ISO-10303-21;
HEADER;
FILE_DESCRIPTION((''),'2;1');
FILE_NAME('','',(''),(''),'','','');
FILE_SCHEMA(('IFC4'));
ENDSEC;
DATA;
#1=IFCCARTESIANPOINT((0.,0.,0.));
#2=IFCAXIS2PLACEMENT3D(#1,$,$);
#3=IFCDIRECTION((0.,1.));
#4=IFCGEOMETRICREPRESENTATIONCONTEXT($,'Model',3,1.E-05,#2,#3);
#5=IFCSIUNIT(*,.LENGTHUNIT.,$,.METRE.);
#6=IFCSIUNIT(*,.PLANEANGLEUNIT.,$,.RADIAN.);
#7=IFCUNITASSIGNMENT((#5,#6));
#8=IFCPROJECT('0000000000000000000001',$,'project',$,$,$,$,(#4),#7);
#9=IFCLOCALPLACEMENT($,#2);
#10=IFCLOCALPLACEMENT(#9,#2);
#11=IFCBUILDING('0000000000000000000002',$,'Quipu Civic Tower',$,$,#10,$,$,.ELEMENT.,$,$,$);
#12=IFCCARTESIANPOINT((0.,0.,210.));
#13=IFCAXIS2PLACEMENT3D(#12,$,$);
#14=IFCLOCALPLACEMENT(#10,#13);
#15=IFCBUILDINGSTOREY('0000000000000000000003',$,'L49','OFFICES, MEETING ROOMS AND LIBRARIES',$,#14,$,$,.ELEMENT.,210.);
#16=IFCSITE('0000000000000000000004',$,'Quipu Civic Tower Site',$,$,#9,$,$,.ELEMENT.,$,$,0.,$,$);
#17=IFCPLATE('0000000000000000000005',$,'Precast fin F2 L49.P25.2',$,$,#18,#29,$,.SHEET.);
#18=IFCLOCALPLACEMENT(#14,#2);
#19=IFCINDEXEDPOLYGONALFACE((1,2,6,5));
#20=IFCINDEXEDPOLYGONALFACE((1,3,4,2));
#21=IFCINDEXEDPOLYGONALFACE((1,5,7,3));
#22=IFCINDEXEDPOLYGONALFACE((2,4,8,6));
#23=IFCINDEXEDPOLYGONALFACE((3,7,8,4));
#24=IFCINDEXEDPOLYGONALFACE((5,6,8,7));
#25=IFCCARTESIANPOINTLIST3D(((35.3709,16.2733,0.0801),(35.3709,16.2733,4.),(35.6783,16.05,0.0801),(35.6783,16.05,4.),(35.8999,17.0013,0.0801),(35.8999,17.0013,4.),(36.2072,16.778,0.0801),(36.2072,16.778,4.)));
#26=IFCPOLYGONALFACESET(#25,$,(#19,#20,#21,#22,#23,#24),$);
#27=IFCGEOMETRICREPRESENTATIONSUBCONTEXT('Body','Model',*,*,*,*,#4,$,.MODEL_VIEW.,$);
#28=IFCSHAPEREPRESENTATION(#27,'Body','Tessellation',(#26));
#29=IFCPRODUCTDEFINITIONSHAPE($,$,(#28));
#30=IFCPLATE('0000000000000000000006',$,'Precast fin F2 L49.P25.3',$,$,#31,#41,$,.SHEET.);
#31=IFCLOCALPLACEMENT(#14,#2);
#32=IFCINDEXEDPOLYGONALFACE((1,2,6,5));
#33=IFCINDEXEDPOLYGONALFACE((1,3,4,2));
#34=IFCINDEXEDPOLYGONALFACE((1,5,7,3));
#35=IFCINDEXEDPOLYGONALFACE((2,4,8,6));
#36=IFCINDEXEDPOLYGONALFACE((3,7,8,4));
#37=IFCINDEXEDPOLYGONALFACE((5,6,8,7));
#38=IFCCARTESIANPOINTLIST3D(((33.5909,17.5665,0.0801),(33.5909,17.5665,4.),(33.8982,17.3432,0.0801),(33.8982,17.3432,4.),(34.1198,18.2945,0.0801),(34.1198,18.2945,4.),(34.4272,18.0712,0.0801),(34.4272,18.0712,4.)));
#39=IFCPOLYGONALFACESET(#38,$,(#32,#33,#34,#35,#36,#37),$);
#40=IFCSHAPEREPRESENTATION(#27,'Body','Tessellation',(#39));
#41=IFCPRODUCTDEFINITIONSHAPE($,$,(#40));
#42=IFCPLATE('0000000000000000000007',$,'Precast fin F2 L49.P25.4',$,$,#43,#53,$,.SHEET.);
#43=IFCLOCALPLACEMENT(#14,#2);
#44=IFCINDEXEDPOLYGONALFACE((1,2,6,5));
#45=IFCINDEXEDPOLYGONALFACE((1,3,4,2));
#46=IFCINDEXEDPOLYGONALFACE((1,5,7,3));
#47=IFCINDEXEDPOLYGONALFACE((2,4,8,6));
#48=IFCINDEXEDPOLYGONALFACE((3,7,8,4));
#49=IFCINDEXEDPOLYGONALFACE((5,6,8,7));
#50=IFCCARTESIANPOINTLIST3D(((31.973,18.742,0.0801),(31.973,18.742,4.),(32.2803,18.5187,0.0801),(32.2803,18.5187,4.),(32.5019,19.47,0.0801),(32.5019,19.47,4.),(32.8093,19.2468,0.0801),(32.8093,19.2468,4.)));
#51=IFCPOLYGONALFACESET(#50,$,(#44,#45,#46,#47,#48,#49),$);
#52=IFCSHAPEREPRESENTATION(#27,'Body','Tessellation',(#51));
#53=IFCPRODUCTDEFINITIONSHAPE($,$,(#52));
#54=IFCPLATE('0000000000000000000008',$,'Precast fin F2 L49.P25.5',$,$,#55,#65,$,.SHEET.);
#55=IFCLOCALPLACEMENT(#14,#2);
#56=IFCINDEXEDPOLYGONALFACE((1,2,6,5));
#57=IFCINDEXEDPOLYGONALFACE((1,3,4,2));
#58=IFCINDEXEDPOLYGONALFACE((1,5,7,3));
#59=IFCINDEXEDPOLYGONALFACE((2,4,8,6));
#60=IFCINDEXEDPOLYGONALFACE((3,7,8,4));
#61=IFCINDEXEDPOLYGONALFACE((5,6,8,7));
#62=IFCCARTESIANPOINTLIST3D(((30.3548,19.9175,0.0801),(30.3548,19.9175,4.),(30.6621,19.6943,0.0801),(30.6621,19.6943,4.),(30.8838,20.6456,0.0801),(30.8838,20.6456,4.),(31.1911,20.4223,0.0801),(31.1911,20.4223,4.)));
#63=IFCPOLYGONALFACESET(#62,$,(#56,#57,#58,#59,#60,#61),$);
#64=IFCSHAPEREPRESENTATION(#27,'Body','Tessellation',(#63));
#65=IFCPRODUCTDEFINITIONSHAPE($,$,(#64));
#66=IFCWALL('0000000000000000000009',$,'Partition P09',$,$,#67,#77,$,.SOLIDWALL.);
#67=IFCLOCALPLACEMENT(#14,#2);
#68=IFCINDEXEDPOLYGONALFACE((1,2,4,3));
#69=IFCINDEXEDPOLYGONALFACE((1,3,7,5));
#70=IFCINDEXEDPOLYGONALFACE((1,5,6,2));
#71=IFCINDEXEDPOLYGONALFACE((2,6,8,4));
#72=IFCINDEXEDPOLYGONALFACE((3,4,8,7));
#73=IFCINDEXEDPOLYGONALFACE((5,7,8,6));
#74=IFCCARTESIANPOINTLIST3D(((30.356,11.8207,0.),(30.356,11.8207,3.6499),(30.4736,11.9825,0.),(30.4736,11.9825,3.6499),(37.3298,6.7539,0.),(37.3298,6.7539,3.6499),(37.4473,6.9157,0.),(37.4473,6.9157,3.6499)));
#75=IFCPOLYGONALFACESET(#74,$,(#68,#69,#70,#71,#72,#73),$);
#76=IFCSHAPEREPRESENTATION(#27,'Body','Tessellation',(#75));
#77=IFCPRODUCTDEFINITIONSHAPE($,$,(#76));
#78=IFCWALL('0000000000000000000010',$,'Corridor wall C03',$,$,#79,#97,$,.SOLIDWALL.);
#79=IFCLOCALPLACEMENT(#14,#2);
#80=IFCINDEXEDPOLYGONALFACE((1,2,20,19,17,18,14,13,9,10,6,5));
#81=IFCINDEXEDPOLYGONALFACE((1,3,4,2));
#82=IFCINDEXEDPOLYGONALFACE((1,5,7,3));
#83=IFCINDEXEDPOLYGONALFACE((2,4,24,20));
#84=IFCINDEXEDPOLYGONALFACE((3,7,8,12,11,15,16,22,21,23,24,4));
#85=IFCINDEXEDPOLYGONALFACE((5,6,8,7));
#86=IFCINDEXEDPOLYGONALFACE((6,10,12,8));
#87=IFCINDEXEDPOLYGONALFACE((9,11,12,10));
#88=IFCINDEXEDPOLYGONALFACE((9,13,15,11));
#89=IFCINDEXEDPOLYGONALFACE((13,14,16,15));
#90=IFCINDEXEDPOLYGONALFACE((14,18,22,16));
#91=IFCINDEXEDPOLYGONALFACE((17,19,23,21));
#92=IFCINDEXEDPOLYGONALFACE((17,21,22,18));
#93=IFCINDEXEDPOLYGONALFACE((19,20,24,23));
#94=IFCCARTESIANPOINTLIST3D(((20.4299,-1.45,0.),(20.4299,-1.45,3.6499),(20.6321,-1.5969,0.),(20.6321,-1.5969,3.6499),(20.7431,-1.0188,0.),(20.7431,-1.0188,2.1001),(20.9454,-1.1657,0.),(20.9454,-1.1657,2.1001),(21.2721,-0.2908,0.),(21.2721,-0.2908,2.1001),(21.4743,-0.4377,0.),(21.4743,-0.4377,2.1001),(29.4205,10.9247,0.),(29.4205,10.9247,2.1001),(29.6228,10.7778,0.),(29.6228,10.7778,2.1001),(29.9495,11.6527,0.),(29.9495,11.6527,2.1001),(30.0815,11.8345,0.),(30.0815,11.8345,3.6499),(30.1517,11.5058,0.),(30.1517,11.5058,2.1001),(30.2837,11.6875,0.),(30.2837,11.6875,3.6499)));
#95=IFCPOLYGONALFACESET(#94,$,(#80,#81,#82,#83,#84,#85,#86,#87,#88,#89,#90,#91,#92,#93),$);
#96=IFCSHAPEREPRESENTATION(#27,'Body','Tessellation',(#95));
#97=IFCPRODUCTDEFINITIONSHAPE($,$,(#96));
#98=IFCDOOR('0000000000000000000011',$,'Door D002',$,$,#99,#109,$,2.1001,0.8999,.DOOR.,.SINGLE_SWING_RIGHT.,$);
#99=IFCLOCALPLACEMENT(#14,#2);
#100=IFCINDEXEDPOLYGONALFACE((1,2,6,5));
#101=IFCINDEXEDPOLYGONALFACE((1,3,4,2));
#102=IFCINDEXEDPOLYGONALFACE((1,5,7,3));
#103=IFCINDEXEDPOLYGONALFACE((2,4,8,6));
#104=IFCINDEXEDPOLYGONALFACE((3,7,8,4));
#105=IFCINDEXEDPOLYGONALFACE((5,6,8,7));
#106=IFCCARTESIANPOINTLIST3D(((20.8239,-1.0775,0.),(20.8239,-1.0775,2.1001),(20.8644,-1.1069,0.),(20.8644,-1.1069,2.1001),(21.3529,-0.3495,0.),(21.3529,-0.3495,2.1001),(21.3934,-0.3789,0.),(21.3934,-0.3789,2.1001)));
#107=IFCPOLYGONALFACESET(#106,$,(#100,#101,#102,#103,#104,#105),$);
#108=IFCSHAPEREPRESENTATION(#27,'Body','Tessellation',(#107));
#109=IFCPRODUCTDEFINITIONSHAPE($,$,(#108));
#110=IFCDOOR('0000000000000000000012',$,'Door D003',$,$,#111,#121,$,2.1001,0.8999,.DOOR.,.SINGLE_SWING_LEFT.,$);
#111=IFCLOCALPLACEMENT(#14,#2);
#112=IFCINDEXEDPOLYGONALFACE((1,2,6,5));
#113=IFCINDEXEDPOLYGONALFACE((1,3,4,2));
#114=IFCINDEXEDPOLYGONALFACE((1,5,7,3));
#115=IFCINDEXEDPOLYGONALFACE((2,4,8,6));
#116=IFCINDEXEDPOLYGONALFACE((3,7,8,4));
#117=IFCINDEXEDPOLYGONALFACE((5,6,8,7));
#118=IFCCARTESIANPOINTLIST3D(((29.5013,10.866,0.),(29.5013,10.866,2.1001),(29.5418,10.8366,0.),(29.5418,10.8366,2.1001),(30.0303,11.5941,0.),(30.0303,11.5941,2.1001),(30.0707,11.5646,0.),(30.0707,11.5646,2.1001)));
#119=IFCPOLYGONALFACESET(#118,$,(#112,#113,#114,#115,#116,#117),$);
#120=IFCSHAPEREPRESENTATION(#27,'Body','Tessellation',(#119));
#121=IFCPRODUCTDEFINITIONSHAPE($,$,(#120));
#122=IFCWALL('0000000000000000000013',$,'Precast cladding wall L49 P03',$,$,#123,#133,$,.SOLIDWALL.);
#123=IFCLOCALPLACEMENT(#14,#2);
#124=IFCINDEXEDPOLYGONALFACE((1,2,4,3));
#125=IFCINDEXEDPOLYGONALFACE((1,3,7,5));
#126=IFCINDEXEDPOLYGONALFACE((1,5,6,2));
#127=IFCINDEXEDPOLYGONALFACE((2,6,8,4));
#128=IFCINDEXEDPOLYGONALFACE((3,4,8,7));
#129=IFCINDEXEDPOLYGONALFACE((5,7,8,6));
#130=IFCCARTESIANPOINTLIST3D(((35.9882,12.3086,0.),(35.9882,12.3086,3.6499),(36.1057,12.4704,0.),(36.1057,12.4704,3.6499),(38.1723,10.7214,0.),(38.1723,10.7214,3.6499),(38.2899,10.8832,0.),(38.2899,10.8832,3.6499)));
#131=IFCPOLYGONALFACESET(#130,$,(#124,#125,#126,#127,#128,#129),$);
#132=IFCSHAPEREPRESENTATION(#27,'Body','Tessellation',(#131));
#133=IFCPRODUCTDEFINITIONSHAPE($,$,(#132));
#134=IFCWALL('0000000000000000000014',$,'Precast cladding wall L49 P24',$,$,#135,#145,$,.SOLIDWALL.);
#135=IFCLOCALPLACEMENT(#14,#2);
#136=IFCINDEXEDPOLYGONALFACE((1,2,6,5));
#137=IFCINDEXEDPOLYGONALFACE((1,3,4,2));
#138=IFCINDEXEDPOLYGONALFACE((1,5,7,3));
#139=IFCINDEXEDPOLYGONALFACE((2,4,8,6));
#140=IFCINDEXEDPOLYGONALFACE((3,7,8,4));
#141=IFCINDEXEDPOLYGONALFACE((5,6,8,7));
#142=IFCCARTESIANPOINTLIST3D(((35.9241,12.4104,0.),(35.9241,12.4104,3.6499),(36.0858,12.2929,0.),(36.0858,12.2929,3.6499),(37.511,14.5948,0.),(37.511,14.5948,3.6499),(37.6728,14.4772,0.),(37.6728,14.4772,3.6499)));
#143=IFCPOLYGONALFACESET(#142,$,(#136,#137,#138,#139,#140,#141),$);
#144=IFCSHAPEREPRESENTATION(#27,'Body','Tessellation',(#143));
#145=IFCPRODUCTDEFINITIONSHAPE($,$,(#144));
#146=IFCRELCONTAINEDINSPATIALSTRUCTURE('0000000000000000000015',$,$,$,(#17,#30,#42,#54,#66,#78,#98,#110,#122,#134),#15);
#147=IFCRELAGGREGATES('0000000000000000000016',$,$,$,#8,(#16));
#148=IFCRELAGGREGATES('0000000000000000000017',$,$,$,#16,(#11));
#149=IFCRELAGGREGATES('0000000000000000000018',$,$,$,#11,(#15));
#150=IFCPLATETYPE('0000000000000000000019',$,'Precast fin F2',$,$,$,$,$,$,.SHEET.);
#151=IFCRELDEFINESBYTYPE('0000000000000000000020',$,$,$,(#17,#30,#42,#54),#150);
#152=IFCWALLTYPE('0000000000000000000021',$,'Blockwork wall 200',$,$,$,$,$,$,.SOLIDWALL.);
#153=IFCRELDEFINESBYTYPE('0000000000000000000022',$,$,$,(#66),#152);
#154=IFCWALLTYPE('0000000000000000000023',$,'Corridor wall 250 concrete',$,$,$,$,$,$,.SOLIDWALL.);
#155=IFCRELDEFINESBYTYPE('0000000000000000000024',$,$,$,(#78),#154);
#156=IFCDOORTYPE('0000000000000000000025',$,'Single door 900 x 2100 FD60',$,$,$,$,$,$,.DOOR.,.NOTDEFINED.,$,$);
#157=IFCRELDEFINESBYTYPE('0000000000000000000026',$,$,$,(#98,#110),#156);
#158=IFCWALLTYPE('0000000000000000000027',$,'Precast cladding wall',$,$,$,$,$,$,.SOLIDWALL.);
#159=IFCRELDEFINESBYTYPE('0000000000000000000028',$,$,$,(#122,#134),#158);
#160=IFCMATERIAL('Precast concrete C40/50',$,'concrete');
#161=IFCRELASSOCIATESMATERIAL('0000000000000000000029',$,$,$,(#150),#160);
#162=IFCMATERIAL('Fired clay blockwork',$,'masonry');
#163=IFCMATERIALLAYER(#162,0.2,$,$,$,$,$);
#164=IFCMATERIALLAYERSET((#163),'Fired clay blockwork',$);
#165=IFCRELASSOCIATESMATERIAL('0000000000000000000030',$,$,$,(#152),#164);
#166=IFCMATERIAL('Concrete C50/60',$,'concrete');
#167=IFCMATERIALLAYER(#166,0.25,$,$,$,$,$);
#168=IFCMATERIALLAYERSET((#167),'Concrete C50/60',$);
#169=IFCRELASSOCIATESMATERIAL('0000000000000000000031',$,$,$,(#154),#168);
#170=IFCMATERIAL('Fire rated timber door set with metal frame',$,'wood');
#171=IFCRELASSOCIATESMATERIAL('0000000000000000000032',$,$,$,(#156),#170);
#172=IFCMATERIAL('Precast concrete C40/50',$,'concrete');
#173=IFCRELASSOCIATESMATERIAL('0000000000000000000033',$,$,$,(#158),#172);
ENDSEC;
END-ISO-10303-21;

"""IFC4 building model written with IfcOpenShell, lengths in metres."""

from ifc_helpers import new_model, si_unit, direction, frame, frame_2d, origin, origin_2d, place, context, subcontext, project, spatial, rectangle, extrude, material, layer, layer_set, type_object, element, fill, save


model = new_model("IFC4")

# Units and contexts
model_context = context("Model", 3, precision=1e-05, world=origin(), true_north=direction((0.0, 1.0)))
body_context = subcontext(model_context, "Body", "Model", "MODEL_VIEW")
ifc_project = project(units=[si_unit("LENGTHUNIT", "METRE"), si_unit("PLANEANGLEUNIT", "RADIAN")], contexts=[model_context])

# Site, building, storey
site_placement = place(None, origin())
site = spatial("IfcSite", under=ifc_project, at=site_placement, Name="Quipu Civic Tower Site", CompositionType="ELEMENT", RefElevation=0.0)
building_placement = place(site_placement, origin())
building = spatial("IfcBuilding", under=site, at=building_placement, Name="Quipu Civic Tower", CompositionType="ELEMENT")
storey_placement = place(building_placement, frame((0.0, 0.0, 210.0)))
storey = spatial("IfcBuildingStorey", under=building, at=storey_placement, Name="L49", Description="OFFICES, MEETING ROOMS AND LIBRARIES", CompositionType="ELEMENT", Elevation=210.0)

# Plates
ifc_material_1 = material(Name="Precast concrete C40/50", Category="concrete")
plate_type_1 = type_object("IfcPlateType", Name="Precast fin F2", PredefinedType="SHEET", material=ifc_material_1)
for number, where, z_axis, x_axis, name in (
    (1, (35.7891, 16.5256, 0.0801), (0.0, 0.0, 1.0), (-0.809017, 0.587785, 0.0), "Precast fin F2 L49.P25.2"),
    (2, (34.009, 17.8188, 0.0801), (0.0, 0.0, 1.0), (-0.809017, 0.587785, 0.0), "Precast fin F2 L49.P25.3"),
    (3, (32.3911, 18.9944, 0.0801), (0.0, 0.0, 1.0), (-0.809017, 0.587785, 0.0), "Precast fin F2 L49.P25.4"),
    (4, (30.7729, 20.1699, 0.0801), (0.0, 0.0, 1.0), (-0.809017, 0.587785, 0.0), "Precast fin F2 L49.P25.5"),
):
    element("IfcPlate", number, at=place(storey_placement, frame(where, z_axis=z_axis, x_axis=x_axis)), inside=storey, type_object=plate_type_1, Name=name, PredefinedType="SHEET", context=body_context, shape_type="SweptSolid", body=[
        extrude(rectangle(XDim=0.3799, YDim=0.8999, at=origin_2d()), origin(), (0.0, 0.0, 1.0), 3.9199),
    ])

# Wall
ifc_material_2 = material(Name="Fired clay blockwork", Category="masonry")
ifc_layer_1 = layer(ifc_material_2, 0.2)
ifc_layer_set_1 = layer_set([ifc_layer_1], Name="Fired clay blockwork")
wall_type_1 = type_object("IfcWallType", Name="Blockwork wall 200", PredefinedType="SOLIDWALL", material=ifc_layer_set_1)
wall_1_placement = place(storey_placement, frame((30.4148, 11.9016, 0.0), z_axis=(0.0, 0.0, 1.0), x_axis=(0.809013, -0.587791, 0.0)))
element("IfcWall", 5, at=wall_1_placement, inside=storey, type_object=wall_type_1, Name="Partition P09", PredefinedType="SOLIDWALL", context=body_context, shape_type="SweptSolid", body=[
    extrude(rectangle(XDim=8.6201, YDim=0.2, at=frame_2d((4.3101, 0.0))), origin(), (0.0, 0.0, 1.0), 3.6499),
])

# Wall, openings, doors
ifc_material_3 = material(Name="Concrete C50/60", Category="concrete")
ifc_layer_2 = layer(ifc_material_3, 0.25)
ifc_layer_set_2 = layer_set([ifc_layer_2], Name="Concrete C50/60")
wall_type_2 = type_object("IfcWallType", Name="Corridor wall 250 concrete", PredefinedType="SOLIDWALL", material=ifc_layer_set_2)
wall_2_placement = place(storey_placement, frame((30.1826, 11.761, 0.0), z_axis=(0.0, 0.0, 1.0), x_axis=(-0.587782, -0.80902, 0.0)))
wall_2 = element("IfcWall", 6, at=wall_2_placement, inside=storey, type_object=wall_type_2, Name="Corridor wall C03", PredefinedType="SOLIDWALL", context=body_context, shape_type="SweptSolid", body=[
    extrude(rectangle(XDim=16.4204, YDim=0.25, at=frame_2d((8.2102, 0.0))), origin(), (0.0, 0.0, 1.0), 3.6499),
])
opening_1_placement = place(wall_2_placement, frame((14.9875, 0.0, 0.0)))
opening_1 = element("IfcOpeningElement", 7, at=opening_1_placement, cuts=wall_2, PredefinedType="OPENING", context=body_context, shape_type="SweptSolid", body=[
    extrude(rectangle(XDim=0.8999, YDim=2.1001, at=frame_2d((0.45, 1.05))), frame((0.0, 0.135, 0.0), z_axis=(0.0, -1.0, 0.0), x_axis=(1.0, 0.0, 0.0)), (0.0, 0.0, 1.0), 0.27),
])
opening_2_placement = place(wall_2_placement, frame((0.2246, 0.0, 0.0)))
opening_2 = element("IfcOpeningElement", 8, at=opening_2_placement, cuts=wall_2, PredefinedType="OPENING", context=body_context, shape_type="SweptSolid", body=[
    extrude(rectangle(XDim=0.8999, YDim=2.1001, at=frame_2d((0.45, 1.05))), frame((0.0, 0.135, 0.0), z_axis=(0.0, -1.0, 0.0), x_axis=(1.0, 0.0, 0.0)), (0.0, 0.0, 1.0), 0.27),
])
ifc_material_4 = material(Name="Fire rated timber door set with metal frame", Category="wood")
door_type = type_object("IfcDoorType", Name="Single door 900 x 2100 FD60", OperationType="NOTDEFINED", PredefinedType="DOOR", material=ifc_material_4)
door_1_placement = place(opening_1_placement, origin())
door_1 = element("IfcDoor", 9, at=door_1_placement, inside=storey, type_object=door_type, Name="Door D002", OperationType="SINGLE_SWING_RIGHT", OverallHeight=2.1001, OverallWidth=0.8999, PredefinedType="DOOR", context=body_context, shape_type="SweptSolid", body=[
    extrude(rectangle(XDim=0.8999, YDim=2.1001, at=frame_2d((0.45, 1.05))), frame((0.0, 0.0249, 0.0), z_axis=(0.0, -1.0, 0.0), x_axis=(1.0, 0.0, 0.0)), (0.0, 0.0, 1.0), 0.05),
])
fill(opening_1, door_1)
door_2_placement = place(opening_2_placement, origin())
door_2 = element("IfcDoor", 10, at=door_2_placement, inside=storey, type_object=door_type, Name="Door D003", OperationType="SINGLE_SWING_LEFT", OverallHeight=2.1001, OverallWidth=0.8999, PredefinedType="DOOR", context=body_context, shape_type="SweptSolid", body=[
    extrude(rectangle(XDim=0.8999, YDim=2.1001, at=frame_2d((0.45, 1.05))), frame((0.0, 0.0249, 0.0), z_axis=(0.0, -1.0, 0.0), x_axis=(1.0, 0.0, 0.0)), (0.0, 0.0, 1.0), 0.05),
])
fill(opening_2, door_2)

# Walls
ifc_material_5 = material(Name="Precast concrete C40/50", Category="concrete")
wall_type_3 = type_object("IfcWallType", Name="Precast cladding wall", PredefinedType="SOLIDWALL", material=ifc_material_5)
for number, where, z_axis, x_axis, name in (
    (11, (38.2312, 10.8022, 0.0), (0.0, 0.0, 1.0), (-0.808959, 0.587865, 0.0), "Precast cladding wall L49 P03"),
    (12, (36.0049, 12.3516, 0.0), (0.0, 0.0, 1.0), (0.587763, 0.809033, 0.0), "Precast cladding wall L49 P24"),
):
    element("IfcWall", number, at=place(storey_placement, frame(where, z_axis=z_axis, x_axis=x_axis)), inside=storey, type_object=wall_type_3, Name=name, PredefinedType="SOLIDWALL", context=body_context, shape_type="SweptSolid", body=[
        extrude(rectangle(XDim=2.7, YDim=0.2, at=frame_2d((1.3501, 0.0))), origin(), (0.0, 0.0, 1.0), 3.6499),
    ])

save(model, "model.ifc")
